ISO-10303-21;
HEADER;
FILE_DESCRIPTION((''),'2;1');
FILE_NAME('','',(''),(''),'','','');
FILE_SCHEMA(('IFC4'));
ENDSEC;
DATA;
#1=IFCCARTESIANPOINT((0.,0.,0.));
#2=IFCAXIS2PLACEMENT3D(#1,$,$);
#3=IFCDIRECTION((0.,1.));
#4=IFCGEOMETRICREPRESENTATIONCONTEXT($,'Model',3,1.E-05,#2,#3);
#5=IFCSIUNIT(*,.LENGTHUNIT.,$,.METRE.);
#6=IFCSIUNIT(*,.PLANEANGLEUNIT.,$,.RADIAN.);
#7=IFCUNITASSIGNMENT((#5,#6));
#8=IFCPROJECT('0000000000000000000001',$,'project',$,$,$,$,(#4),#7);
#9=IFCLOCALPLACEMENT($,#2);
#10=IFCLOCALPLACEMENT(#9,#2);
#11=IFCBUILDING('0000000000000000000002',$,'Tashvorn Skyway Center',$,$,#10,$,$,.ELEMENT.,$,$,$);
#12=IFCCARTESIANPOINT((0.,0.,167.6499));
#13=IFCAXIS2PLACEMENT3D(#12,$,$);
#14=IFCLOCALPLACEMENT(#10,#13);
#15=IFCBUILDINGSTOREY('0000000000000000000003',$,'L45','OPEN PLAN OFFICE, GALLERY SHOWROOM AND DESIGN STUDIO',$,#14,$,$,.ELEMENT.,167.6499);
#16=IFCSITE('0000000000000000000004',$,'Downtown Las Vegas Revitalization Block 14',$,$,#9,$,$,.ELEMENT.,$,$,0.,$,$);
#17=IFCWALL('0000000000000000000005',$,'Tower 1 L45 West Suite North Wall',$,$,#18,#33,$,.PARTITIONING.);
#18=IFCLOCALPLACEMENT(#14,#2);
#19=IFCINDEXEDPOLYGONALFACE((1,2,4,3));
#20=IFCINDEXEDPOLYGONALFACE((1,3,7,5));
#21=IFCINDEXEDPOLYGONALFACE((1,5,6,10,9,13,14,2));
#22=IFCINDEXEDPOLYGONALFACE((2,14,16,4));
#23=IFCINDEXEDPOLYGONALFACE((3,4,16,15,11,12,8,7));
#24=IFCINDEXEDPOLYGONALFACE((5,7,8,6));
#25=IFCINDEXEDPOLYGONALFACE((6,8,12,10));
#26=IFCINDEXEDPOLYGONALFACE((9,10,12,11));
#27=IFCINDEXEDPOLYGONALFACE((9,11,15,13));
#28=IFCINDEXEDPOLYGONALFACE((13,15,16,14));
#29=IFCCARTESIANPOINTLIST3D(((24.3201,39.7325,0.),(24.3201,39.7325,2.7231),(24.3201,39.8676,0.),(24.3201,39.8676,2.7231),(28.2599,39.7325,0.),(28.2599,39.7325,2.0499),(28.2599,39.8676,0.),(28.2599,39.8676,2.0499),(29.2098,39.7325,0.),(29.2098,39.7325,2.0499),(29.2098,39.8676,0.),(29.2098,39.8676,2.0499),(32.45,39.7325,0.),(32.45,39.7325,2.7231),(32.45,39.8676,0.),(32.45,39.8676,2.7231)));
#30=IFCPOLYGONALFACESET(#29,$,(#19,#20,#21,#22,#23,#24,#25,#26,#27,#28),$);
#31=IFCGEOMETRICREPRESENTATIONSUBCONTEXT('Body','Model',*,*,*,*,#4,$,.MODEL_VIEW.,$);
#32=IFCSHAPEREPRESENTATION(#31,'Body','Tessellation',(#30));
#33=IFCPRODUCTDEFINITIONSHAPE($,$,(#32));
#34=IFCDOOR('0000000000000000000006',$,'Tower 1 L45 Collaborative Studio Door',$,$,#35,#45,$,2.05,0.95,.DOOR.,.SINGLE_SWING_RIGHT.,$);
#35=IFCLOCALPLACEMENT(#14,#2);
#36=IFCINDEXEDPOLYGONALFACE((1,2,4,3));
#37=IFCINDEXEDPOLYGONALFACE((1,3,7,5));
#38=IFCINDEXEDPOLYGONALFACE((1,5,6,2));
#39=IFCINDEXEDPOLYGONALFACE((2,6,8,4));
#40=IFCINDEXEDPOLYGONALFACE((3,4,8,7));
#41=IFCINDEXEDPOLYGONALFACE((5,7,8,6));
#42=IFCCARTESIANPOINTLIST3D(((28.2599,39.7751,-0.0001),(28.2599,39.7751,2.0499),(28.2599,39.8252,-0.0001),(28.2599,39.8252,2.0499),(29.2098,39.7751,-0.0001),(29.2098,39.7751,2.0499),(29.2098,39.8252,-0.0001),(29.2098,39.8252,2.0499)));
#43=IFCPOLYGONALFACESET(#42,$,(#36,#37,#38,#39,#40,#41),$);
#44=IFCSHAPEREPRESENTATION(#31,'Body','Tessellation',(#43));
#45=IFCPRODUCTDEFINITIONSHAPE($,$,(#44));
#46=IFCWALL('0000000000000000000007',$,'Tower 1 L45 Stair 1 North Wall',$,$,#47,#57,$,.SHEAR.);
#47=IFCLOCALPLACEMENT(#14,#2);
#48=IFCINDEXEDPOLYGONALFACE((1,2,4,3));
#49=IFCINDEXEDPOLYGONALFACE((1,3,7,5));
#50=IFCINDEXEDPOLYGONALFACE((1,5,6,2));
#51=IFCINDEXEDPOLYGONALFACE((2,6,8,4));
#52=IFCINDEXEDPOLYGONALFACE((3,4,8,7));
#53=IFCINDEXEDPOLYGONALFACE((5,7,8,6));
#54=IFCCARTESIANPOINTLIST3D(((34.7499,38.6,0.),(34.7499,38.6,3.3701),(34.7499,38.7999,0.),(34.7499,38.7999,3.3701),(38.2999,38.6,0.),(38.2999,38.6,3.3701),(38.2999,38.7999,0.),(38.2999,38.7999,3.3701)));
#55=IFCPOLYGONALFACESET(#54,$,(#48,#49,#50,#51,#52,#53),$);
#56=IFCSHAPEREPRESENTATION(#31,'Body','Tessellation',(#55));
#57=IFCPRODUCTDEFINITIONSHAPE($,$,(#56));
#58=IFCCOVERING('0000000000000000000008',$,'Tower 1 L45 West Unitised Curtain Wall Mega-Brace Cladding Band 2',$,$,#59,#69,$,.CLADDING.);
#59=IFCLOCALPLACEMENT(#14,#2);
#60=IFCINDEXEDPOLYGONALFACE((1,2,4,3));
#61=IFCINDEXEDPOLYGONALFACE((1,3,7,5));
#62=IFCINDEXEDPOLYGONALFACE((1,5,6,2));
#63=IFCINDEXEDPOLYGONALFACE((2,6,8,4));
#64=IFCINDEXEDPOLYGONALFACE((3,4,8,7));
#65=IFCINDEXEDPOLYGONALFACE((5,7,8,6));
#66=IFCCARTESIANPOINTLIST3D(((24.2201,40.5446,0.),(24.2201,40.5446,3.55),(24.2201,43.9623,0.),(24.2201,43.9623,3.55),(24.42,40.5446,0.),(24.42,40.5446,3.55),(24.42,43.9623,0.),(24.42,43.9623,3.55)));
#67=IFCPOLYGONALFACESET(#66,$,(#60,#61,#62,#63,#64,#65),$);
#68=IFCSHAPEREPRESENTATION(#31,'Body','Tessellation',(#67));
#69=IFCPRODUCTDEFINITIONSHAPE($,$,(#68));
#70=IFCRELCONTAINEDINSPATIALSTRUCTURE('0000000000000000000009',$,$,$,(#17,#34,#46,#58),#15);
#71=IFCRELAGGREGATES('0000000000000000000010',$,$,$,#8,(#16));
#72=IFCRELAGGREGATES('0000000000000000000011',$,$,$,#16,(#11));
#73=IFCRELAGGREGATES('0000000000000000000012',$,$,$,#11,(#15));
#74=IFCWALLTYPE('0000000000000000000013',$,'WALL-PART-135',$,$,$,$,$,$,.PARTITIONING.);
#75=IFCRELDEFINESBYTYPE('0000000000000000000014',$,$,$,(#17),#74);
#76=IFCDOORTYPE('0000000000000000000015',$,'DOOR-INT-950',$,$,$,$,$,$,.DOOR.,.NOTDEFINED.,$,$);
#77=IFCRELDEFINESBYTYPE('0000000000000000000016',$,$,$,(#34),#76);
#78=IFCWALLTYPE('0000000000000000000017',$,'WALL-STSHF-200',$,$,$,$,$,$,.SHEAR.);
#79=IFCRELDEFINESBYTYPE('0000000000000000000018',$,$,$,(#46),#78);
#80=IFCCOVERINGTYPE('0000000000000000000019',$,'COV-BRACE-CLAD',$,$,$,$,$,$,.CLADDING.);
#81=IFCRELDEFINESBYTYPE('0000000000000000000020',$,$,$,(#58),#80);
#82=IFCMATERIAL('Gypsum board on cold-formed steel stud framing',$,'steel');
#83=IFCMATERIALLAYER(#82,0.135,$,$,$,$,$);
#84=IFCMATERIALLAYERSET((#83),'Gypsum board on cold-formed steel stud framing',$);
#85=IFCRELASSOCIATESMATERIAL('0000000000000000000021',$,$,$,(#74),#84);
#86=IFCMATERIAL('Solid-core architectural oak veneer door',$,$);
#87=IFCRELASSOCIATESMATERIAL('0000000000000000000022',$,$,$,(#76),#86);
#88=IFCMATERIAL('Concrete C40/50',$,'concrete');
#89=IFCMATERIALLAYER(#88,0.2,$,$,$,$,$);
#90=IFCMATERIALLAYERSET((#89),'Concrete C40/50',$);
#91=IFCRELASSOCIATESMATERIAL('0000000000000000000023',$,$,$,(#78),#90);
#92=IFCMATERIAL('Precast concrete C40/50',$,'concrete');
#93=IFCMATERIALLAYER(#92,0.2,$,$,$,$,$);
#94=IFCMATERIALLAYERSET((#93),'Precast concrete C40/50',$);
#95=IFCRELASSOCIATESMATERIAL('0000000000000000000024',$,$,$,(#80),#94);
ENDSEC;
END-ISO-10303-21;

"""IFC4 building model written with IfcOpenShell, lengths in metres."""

from ifc_helpers import new_model, si_unit, direction, frame, frame_2d, origin, origin_2d, place, context, subcontext, project, spatial, rectangle, extrude, material, layer, layer_set, type_object, element, fill, save


model = new_model("IFC4")

# Units and contexts
model_context = context("Model", 3, precision=1e-05, world=origin(), true_north=direction((0.0, 1.0)))
body_context = subcontext(model_context, "Body", "Model", "MODEL_VIEW")
ifc_project = project(units=[si_unit("LENGTHUNIT", "METRE"), si_unit("PLANEANGLEUNIT", "RADIAN")], contexts=[model_context])

# Site, building, storey
site_placement = place(None, origin())
site = spatial("IfcSite", under=ifc_project, at=site_placement, Name="Downtown Las Vegas Revitalization Block 14", CompositionType="ELEMENT", RefElevation=0.0)
building_placement = place(site_placement, origin())
building = spatial("IfcBuilding", under=site, at=building_placement, Name="Tashvorn Skyway Center", CompositionType="ELEMENT")
storey_placement = place(building_placement, frame((0.0, 0.0, 167.6499)))
storey = spatial("IfcBuildingStorey", under=building, at=storey_placement, Name="L45", Description="OPEN PLAN OFFICE, GALLERY SHOWROOM AND DESIGN STUDIO", CompositionType="ELEMENT", Elevation=167.6499)

# Shared definitions
ifc_material_1 = material(Name="Gypsum board on cold-formed steel stud framing", Category="steel")

# Shared definitions
ifc_layer_1 = layer(ifc_material_1, 0.135)
ifc_layer_set_1 = layer_set([ifc_layer_1], Name="Gypsum board on cold-formed steel stud framing")
wall_type_1 = type_object("IfcWallType", Name="WALL-PART-135", PredefinedType="PARTITIONING", material=ifc_layer_set_1)
ifc_material_2 = material(Name="Solid-core architectural oak veneer door")
door_type_1 = type_object("IfcDoorType", Name="DOOR-INT-950", OperationType="NOTDEFINED", PredefinedType="DOOR", material=ifc_material_2)

# Wall, opening, door
wall_1_placement = place(storey_placement, frame((32.45, 39.8, 0.0), z_axis=(0.0, 0.0, 1.0), x_axis=(-1.0, 0.0, 0.0)))
wall_1 = element("IfcWall", 1, at=wall_1_placement, inside=storey, type_object=wall_type_1, Name="Tower 1 L45 West Suite North Wall", PredefinedType="PARTITIONING", context=body_context, shape_type="SweptSolid", body=[
    extrude(rectangle(XDim=8.1299, YDim=0.135, at=frame_2d((4.0649, 0.0))), origin(), (0.0, 0.0, 1.0), 2.7231),
])
opening_1_placement = place(wall_1_placement, frame((3.24, 0.0, 0.0)))
opening_1 = element("IfcOpeningElement", 2, at=opening_1_placement, cuts=wall_1, PredefinedType="OPENING", context=body_context, shape_type="SweptSolid", body=[
    extrude(rectangle(XDim=0.95, YDim=2.05, at=frame_2d((0.4751, 1.0249))), frame((0.0, 0.0774, 0.0), z_axis=(0.0, -1.0, 0.0), x_axis=(1.0, 0.0, 0.0)), (0.0, 0.0, 1.0), 0.155),
])
door_1_placement = place(opening_1_placement, origin())
door_1 = element("IfcDoor", 3, at=door_1_placement, inside=storey, type_object=door_type_1, Name="Tower 1 L45 Collaborative Studio Door", OperationType="SINGLE_SWING_RIGHT", OverallHeight=2.05, OverallWidth=0.95, PredefinedType="DOOR", context=body_context, shape_type="SweptSolid", body=[
    extrude(rectangle(XDim=0.95, YDim=2.05, at=frame_2d((0.4751, 1.0249))), frame((0.0, 0.0249, 0.0), z_axis=(0.0, -1.0, 0.0), x_axis=(1.0, 0.0, 0.0)), (0.0, 0.0, 1.0), 0.05),
])
fill(opening_1, door_1)

# Wall
ifc_material_3 = material(Name="Concrete C40/50", Category="concrete")
ifc_layer_2 = layer(ifc_material_3, 0.2)
ifc_layer_set_2 = layer_set([ifc_layer_2], Name="Concrete C40/50")
wall_type_2 = type_object("IfcWallType", Name="WALL-STSHF-200", PredefinedType="SHEAR", material=ifc_layer_set_2)
wall_2_placement = place(storey_placement, frame((34.75, 38.7, 0.0), z_axis=(0.0, 0.0, 1.0), x_axis=(1.0, 0.0, 0.0)))
element("IfcWall", 4, at=wall_2_placement, inside=storey, type_object=wall_type_2, Name="Tower 1 L45 Stair 1 North Wall", PredefinedType="SHEAR", context=body_context, shape_type="SweptSolid", body=[
    extrude(rectangle(XDim=3.55, YDim=0.2, at=frame_2d((1.7749, 0.0))), origin(), (0.0, 0.0, 1.0), 3.3701),
])

# Covering
ifc_material_4 = material(Name="Precast concrete C40/50", Category="concrete")
ifc_layer_3 = layer(ifc_material_4, 0.2)
ifc_layer_set_3 = layer_set([ifc_layer_3], Name="Precast concrete C40/50")
covering_type = type_object("IfcCoveringType", Name="COV-BRACE-CLAD", PredefinedType="CLADDING", material=ifc_layer_set_3)
covering_placement = place(storey_placement, frame((24.3201, 42.2534, 0.0), z_axis=(0.0, 0.0, 1.0), x_axis=(0.0, 1.0, 0.0)))
element("IfcCovering", 5, at=covering_placement, inside=storey, type_object=covering_type, Name="Tower 1 L45 West Unitised Curtain Wall Mega-Brace Cladding Band 2", PredefinedType="CLADDING", context=body_context, shape_type="SweptSolid", body=[
    extrude(rectangle(XDim=3.4177, YDim=0.2, at=origin_2d()), origin(), (0.0, 0.0, 1.0), 3.55),
])

save(model, "model.ifc")
